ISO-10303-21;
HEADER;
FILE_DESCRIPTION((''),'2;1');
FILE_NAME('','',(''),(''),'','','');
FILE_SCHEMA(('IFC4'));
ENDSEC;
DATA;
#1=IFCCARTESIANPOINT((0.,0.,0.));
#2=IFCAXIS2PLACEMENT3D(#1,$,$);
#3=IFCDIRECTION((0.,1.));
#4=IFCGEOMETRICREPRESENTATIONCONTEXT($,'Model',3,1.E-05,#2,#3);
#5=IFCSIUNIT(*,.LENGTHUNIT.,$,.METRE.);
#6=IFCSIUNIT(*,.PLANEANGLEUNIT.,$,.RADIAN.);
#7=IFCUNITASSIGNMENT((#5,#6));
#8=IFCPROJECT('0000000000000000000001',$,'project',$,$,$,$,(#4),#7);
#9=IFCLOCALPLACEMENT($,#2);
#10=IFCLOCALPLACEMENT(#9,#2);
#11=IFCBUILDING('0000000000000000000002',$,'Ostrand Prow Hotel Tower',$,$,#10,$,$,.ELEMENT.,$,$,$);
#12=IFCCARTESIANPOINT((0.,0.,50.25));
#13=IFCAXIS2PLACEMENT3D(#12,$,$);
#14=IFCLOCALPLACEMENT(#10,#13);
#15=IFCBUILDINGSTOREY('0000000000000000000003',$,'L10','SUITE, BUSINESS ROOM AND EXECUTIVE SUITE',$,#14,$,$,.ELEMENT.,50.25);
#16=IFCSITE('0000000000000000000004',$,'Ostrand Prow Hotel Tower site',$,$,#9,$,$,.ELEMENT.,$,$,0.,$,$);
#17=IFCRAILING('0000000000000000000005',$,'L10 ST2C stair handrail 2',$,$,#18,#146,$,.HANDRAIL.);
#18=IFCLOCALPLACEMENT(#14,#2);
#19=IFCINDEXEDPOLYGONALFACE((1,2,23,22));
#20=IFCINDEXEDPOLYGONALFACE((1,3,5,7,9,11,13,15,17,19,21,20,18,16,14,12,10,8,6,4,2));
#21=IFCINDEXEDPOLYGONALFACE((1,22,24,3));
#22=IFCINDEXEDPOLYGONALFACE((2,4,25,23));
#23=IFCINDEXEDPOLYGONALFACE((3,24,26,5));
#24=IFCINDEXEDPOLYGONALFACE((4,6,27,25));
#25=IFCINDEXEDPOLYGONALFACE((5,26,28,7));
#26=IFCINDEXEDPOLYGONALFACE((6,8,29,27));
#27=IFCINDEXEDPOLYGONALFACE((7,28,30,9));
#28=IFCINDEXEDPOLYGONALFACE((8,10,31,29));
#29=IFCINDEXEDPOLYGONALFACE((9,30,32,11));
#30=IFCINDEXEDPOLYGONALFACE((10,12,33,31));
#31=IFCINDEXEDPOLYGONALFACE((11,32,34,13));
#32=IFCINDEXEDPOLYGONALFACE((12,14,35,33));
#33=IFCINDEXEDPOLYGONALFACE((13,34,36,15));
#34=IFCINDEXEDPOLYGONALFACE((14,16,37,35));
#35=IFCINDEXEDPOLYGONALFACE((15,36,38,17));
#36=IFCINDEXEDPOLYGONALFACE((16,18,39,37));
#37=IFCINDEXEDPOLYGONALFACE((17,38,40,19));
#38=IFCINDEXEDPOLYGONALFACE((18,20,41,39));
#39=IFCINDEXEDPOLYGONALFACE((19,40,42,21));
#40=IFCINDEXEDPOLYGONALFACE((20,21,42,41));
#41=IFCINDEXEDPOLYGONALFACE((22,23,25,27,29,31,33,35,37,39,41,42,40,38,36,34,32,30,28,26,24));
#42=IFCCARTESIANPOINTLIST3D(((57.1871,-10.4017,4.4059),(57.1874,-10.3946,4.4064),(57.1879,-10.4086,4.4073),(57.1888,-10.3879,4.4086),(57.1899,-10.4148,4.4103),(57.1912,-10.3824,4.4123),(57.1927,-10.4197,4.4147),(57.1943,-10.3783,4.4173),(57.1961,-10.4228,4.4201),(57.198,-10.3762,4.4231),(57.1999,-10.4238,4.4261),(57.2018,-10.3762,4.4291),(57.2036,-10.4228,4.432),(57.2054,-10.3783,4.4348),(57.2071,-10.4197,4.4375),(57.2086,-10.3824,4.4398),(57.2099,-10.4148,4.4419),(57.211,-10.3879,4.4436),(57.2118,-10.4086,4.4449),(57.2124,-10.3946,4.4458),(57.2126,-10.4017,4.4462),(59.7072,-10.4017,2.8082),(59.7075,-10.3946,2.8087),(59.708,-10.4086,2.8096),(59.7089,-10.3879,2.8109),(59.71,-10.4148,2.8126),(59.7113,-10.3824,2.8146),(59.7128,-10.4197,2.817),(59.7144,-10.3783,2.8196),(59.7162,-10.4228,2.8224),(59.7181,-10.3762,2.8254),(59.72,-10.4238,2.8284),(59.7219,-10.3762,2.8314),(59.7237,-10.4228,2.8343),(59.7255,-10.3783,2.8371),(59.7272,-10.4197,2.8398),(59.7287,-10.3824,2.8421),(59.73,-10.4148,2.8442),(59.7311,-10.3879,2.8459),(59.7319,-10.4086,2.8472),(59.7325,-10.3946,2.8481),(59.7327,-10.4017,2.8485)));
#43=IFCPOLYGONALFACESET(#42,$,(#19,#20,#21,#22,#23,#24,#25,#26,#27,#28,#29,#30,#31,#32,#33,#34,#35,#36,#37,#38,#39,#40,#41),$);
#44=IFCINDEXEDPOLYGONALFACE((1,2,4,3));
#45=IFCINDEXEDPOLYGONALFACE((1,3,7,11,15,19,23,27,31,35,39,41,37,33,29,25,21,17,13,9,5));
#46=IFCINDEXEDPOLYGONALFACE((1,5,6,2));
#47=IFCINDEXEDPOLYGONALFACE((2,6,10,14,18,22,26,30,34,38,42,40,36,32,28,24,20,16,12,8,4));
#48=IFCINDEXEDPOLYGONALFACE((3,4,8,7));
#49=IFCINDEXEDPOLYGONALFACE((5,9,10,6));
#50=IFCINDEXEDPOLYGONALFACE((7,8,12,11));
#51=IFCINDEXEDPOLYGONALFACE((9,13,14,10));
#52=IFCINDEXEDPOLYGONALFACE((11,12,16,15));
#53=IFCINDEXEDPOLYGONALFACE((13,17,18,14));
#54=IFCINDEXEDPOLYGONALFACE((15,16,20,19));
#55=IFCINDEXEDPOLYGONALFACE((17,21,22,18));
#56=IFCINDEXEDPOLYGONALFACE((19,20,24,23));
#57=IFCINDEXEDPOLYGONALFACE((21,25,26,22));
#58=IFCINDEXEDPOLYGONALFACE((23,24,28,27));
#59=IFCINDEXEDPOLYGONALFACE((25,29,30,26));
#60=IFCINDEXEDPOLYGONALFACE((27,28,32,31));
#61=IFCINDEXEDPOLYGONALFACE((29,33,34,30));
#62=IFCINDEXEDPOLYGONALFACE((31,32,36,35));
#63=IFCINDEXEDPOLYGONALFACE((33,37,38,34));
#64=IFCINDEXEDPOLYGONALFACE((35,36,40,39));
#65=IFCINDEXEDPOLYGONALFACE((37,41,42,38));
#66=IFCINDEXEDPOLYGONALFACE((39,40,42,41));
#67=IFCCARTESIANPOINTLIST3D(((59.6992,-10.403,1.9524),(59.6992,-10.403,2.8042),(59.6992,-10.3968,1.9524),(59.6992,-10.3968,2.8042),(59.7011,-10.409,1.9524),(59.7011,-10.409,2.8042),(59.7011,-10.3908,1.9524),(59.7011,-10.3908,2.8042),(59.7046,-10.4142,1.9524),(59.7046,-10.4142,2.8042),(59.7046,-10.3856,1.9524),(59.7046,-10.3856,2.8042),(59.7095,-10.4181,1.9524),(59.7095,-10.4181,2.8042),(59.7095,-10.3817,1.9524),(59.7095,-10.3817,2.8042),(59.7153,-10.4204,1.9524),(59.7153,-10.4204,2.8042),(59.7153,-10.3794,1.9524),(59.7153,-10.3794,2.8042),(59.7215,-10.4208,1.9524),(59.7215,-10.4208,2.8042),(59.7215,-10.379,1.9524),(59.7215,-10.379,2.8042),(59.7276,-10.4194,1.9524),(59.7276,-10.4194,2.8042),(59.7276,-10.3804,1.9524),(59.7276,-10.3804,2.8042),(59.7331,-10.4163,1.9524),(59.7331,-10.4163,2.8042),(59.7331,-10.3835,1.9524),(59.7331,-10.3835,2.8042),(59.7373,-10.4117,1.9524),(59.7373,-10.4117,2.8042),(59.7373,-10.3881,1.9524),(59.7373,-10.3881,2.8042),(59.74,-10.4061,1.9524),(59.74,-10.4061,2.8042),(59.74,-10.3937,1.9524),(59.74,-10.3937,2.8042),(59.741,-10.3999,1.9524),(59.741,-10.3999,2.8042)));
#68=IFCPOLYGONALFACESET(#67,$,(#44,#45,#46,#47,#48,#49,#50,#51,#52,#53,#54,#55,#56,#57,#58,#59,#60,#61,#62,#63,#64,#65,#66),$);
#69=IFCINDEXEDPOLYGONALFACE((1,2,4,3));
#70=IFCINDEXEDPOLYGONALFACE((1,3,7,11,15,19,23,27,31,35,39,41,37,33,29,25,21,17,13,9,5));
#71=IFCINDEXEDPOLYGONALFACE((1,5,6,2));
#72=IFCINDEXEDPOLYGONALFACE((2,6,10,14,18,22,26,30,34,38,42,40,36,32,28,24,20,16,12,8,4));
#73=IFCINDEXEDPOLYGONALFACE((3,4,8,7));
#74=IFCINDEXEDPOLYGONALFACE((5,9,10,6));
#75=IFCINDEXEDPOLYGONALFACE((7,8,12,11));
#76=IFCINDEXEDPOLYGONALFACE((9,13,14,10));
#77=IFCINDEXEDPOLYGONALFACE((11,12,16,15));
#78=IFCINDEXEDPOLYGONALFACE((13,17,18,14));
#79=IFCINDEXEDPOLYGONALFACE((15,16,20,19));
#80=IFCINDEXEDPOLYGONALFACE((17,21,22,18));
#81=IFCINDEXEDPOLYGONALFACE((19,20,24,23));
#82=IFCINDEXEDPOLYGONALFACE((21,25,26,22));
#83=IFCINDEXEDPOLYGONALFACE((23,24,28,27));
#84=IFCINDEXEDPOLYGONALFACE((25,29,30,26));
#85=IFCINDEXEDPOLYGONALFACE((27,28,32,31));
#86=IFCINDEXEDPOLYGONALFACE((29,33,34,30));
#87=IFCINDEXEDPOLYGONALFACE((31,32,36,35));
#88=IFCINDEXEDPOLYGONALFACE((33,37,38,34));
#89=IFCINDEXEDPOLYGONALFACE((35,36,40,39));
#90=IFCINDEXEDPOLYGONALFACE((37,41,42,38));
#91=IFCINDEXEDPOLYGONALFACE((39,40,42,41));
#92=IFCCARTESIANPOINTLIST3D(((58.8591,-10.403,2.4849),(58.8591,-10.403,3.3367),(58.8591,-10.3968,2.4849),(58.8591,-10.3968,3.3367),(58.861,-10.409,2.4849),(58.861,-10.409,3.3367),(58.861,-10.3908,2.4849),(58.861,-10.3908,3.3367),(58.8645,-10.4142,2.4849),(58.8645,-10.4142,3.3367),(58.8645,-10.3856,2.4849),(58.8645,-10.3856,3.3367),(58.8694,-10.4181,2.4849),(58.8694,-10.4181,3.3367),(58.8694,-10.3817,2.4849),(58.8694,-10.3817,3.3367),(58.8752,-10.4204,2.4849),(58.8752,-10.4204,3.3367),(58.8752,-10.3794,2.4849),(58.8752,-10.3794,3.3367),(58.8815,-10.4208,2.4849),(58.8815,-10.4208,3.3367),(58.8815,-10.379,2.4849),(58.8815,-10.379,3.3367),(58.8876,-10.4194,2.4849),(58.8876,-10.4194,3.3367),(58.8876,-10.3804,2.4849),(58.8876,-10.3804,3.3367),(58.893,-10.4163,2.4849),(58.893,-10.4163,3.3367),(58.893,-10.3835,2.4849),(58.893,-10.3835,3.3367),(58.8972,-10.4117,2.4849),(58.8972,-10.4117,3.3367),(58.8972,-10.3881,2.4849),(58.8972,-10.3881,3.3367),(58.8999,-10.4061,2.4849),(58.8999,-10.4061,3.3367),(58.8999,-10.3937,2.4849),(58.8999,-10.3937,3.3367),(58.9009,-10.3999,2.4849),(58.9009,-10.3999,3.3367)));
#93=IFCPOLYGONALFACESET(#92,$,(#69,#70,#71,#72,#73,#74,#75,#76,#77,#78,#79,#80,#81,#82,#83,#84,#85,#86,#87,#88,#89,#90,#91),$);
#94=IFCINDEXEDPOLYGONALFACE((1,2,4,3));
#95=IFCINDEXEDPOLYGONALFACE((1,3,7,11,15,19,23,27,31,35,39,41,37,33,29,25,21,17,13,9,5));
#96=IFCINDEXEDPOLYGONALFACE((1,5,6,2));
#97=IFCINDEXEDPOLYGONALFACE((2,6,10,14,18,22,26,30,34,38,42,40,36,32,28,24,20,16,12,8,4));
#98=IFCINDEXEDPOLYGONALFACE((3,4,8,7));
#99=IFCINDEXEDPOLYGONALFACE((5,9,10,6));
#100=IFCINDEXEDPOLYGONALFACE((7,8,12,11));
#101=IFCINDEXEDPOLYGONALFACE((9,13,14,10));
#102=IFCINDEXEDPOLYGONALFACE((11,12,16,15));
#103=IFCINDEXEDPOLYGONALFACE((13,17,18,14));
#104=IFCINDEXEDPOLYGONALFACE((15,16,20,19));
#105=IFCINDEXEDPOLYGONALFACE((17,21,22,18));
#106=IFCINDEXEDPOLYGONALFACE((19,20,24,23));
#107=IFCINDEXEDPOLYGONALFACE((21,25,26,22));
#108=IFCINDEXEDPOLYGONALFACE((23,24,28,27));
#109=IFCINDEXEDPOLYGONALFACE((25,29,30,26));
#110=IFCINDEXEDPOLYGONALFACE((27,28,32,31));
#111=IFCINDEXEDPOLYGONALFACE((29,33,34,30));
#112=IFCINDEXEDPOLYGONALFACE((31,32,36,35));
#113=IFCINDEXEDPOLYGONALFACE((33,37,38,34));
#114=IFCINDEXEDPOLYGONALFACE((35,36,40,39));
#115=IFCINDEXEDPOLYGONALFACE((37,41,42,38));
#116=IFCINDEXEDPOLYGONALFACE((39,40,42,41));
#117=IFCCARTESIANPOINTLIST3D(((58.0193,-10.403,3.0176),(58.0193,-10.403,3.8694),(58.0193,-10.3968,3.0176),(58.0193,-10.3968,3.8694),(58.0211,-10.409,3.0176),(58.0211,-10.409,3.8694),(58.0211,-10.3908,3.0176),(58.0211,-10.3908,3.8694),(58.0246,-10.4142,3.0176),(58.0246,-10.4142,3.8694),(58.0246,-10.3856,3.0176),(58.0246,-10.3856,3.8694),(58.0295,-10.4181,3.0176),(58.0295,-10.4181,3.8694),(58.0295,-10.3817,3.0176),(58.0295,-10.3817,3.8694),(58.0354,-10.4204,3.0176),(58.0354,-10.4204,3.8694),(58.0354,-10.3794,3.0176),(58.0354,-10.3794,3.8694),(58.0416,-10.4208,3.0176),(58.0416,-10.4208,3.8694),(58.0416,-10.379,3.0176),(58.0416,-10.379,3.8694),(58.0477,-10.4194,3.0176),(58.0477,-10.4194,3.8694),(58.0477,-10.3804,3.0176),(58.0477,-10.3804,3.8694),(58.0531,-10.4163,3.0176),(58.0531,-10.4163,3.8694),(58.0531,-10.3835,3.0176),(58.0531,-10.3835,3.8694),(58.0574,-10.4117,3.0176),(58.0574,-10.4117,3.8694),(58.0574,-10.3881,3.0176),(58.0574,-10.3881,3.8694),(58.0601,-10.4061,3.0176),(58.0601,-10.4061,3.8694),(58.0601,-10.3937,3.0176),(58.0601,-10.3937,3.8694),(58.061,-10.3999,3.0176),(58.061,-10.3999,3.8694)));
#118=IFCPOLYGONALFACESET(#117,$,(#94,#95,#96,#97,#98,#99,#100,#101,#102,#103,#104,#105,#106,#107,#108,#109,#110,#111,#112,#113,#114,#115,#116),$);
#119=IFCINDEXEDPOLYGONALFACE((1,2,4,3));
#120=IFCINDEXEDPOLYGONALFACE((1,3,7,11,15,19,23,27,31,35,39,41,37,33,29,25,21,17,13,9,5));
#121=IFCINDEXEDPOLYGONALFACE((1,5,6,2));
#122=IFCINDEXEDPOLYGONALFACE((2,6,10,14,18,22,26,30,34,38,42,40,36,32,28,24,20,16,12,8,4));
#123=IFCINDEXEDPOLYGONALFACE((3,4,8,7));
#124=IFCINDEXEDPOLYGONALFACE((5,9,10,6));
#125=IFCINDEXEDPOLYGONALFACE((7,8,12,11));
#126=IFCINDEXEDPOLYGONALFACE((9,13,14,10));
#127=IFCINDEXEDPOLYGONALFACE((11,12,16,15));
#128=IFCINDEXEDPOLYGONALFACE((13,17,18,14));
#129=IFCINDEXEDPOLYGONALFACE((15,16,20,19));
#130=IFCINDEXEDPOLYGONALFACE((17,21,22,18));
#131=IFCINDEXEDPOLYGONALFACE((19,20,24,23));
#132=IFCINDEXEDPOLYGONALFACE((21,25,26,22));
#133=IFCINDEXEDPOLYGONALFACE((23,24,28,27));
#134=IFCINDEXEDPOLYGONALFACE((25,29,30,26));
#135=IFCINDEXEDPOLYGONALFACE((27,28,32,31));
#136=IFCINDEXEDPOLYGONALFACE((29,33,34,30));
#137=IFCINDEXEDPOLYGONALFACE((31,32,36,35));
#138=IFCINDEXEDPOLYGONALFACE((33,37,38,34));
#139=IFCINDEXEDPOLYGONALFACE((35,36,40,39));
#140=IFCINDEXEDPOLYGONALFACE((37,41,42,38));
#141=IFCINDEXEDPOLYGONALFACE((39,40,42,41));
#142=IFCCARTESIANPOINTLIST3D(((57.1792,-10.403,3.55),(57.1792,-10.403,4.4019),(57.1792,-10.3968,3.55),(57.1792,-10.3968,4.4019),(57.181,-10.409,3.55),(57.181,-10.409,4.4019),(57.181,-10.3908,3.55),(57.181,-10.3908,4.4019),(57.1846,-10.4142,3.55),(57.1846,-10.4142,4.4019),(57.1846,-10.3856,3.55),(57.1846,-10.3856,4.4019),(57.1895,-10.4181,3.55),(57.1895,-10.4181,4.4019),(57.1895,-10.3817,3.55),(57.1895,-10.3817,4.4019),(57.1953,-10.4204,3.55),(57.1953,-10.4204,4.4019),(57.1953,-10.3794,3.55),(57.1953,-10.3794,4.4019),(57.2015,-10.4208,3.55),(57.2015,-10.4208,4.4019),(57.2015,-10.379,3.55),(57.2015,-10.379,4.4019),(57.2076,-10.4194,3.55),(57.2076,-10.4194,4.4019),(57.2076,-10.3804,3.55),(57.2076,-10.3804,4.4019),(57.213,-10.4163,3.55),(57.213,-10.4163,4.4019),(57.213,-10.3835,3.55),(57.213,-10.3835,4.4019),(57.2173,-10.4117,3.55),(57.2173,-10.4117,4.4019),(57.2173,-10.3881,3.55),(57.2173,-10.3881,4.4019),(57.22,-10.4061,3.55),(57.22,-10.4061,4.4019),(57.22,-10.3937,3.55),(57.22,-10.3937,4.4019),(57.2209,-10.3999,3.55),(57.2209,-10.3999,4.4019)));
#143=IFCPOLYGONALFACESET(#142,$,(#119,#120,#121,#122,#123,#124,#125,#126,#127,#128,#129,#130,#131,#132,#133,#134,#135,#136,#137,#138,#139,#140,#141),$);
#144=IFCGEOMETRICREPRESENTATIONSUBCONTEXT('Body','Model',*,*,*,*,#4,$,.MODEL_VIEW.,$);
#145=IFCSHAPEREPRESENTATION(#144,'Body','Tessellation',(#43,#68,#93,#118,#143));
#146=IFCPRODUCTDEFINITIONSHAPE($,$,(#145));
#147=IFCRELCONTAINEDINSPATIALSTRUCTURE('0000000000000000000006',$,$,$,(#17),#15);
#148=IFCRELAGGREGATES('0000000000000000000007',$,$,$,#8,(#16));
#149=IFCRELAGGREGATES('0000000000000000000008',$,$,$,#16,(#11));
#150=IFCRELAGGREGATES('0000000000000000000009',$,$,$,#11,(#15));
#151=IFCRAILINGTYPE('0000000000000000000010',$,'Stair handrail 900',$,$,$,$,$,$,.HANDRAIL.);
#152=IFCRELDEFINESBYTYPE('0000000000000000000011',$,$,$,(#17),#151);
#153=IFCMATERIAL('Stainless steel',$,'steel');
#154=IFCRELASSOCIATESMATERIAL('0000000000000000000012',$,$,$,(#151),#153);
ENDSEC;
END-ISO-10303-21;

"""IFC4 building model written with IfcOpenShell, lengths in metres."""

from ifc_helpers import new_model, si_unit, direction, frame, origin, origin_2d, place, context, subcontext, project, spatial, circle, extrude, material, type_object, element, save


model = new_model("IFC4")

# Units and contexts
model_context = context("Model", 3, precision=1e-05, world=origin(), true_north=direction((0.0, 1.0)))
body_context = subcontext(model_context, "Body", "Model", "MODEL_VIEW")
ifc_project = project(units=[si_unit("LENGTHUNIT", "METRE"), si_unit("PLANEANGLEUNIT", "RADIAN")], contexts=[model_context])

# Site, building, storey
site_placement = place(None, origin())
site = spatial("IfcSite", under=ifc_project, at=site_placement, Name="Ostrand Prow Hotel Tower site", CompositionType="ELEMENT", RefElevation=0.0)
building_placement = place(site_placement, origin())
building = spatial("IfcBuilding", under=site, at=building_placement, Name="Ostrand Prow Hotel Tower", CompositionType="ELEMENT")
storey_placement = place(building_placement, frame((0.0, 0.0, 50.25)))
storey = spatial("IfcBuildingStorey", under=building, at=storey_placement, Name="L10", Description="SUITE, BUSINESS ROOM AND EXECUTIVE SUITE", CompositionType="ELEMENT", Elevation=50.25)

# Railing
ifc_material_1 = material(Name="Stainless steel", Category="steel")
railing_type_1 = type_object("IfcRailingType", Name="Stair handrail 900", PredefinedType="HANDRAIL", material=ifc_material_1)
railing_1_placement = place(storey_placement, frame((59.72, -10.3999, 1.9524)))
element("IfcRailing", 1, at=railing_1_placement, inside=storey, type_object=railing_type_1, Name="L10 ST2C stair handrail 2", PredefinedType="HANDRAIL", context=body_context, shape_type="SweptSolid", body=[
    extrude(circle(Radius=0.0239, at=origin_2d()), frame((0.0, 0.0, 0.876), z_axis=(-0.84457, 0.0, 0.535445), x_axis=(0.0, -1.0, 0.0)), (0.0, 0.0, 1.0), 2.9839),
    extrude(circle(Radius=0.021, at=origin_2d()), origin(), (0.0, 0.0, 1.0), 0.8518),
    extrude(circle(Radius=0.021, at=origin_2d()), frame((-0.8401, 0.0, 0.5325)), (0.0, 0.0, 1.0), 0.8518),
    extrude(circle(Radius=0.021, at=origin_2d()), frame((-1.6799, 0.0, 1.0652)), (0.0, 0.0, 1.0), 0.8518),
    extrude(circle(Radius=0.021, at=origin_2d()), frame((-2.52, 0.0, 1.5977)), (0.0, 0.0, 1.0), 0.8518),
])

save(model, "model.ifc")
